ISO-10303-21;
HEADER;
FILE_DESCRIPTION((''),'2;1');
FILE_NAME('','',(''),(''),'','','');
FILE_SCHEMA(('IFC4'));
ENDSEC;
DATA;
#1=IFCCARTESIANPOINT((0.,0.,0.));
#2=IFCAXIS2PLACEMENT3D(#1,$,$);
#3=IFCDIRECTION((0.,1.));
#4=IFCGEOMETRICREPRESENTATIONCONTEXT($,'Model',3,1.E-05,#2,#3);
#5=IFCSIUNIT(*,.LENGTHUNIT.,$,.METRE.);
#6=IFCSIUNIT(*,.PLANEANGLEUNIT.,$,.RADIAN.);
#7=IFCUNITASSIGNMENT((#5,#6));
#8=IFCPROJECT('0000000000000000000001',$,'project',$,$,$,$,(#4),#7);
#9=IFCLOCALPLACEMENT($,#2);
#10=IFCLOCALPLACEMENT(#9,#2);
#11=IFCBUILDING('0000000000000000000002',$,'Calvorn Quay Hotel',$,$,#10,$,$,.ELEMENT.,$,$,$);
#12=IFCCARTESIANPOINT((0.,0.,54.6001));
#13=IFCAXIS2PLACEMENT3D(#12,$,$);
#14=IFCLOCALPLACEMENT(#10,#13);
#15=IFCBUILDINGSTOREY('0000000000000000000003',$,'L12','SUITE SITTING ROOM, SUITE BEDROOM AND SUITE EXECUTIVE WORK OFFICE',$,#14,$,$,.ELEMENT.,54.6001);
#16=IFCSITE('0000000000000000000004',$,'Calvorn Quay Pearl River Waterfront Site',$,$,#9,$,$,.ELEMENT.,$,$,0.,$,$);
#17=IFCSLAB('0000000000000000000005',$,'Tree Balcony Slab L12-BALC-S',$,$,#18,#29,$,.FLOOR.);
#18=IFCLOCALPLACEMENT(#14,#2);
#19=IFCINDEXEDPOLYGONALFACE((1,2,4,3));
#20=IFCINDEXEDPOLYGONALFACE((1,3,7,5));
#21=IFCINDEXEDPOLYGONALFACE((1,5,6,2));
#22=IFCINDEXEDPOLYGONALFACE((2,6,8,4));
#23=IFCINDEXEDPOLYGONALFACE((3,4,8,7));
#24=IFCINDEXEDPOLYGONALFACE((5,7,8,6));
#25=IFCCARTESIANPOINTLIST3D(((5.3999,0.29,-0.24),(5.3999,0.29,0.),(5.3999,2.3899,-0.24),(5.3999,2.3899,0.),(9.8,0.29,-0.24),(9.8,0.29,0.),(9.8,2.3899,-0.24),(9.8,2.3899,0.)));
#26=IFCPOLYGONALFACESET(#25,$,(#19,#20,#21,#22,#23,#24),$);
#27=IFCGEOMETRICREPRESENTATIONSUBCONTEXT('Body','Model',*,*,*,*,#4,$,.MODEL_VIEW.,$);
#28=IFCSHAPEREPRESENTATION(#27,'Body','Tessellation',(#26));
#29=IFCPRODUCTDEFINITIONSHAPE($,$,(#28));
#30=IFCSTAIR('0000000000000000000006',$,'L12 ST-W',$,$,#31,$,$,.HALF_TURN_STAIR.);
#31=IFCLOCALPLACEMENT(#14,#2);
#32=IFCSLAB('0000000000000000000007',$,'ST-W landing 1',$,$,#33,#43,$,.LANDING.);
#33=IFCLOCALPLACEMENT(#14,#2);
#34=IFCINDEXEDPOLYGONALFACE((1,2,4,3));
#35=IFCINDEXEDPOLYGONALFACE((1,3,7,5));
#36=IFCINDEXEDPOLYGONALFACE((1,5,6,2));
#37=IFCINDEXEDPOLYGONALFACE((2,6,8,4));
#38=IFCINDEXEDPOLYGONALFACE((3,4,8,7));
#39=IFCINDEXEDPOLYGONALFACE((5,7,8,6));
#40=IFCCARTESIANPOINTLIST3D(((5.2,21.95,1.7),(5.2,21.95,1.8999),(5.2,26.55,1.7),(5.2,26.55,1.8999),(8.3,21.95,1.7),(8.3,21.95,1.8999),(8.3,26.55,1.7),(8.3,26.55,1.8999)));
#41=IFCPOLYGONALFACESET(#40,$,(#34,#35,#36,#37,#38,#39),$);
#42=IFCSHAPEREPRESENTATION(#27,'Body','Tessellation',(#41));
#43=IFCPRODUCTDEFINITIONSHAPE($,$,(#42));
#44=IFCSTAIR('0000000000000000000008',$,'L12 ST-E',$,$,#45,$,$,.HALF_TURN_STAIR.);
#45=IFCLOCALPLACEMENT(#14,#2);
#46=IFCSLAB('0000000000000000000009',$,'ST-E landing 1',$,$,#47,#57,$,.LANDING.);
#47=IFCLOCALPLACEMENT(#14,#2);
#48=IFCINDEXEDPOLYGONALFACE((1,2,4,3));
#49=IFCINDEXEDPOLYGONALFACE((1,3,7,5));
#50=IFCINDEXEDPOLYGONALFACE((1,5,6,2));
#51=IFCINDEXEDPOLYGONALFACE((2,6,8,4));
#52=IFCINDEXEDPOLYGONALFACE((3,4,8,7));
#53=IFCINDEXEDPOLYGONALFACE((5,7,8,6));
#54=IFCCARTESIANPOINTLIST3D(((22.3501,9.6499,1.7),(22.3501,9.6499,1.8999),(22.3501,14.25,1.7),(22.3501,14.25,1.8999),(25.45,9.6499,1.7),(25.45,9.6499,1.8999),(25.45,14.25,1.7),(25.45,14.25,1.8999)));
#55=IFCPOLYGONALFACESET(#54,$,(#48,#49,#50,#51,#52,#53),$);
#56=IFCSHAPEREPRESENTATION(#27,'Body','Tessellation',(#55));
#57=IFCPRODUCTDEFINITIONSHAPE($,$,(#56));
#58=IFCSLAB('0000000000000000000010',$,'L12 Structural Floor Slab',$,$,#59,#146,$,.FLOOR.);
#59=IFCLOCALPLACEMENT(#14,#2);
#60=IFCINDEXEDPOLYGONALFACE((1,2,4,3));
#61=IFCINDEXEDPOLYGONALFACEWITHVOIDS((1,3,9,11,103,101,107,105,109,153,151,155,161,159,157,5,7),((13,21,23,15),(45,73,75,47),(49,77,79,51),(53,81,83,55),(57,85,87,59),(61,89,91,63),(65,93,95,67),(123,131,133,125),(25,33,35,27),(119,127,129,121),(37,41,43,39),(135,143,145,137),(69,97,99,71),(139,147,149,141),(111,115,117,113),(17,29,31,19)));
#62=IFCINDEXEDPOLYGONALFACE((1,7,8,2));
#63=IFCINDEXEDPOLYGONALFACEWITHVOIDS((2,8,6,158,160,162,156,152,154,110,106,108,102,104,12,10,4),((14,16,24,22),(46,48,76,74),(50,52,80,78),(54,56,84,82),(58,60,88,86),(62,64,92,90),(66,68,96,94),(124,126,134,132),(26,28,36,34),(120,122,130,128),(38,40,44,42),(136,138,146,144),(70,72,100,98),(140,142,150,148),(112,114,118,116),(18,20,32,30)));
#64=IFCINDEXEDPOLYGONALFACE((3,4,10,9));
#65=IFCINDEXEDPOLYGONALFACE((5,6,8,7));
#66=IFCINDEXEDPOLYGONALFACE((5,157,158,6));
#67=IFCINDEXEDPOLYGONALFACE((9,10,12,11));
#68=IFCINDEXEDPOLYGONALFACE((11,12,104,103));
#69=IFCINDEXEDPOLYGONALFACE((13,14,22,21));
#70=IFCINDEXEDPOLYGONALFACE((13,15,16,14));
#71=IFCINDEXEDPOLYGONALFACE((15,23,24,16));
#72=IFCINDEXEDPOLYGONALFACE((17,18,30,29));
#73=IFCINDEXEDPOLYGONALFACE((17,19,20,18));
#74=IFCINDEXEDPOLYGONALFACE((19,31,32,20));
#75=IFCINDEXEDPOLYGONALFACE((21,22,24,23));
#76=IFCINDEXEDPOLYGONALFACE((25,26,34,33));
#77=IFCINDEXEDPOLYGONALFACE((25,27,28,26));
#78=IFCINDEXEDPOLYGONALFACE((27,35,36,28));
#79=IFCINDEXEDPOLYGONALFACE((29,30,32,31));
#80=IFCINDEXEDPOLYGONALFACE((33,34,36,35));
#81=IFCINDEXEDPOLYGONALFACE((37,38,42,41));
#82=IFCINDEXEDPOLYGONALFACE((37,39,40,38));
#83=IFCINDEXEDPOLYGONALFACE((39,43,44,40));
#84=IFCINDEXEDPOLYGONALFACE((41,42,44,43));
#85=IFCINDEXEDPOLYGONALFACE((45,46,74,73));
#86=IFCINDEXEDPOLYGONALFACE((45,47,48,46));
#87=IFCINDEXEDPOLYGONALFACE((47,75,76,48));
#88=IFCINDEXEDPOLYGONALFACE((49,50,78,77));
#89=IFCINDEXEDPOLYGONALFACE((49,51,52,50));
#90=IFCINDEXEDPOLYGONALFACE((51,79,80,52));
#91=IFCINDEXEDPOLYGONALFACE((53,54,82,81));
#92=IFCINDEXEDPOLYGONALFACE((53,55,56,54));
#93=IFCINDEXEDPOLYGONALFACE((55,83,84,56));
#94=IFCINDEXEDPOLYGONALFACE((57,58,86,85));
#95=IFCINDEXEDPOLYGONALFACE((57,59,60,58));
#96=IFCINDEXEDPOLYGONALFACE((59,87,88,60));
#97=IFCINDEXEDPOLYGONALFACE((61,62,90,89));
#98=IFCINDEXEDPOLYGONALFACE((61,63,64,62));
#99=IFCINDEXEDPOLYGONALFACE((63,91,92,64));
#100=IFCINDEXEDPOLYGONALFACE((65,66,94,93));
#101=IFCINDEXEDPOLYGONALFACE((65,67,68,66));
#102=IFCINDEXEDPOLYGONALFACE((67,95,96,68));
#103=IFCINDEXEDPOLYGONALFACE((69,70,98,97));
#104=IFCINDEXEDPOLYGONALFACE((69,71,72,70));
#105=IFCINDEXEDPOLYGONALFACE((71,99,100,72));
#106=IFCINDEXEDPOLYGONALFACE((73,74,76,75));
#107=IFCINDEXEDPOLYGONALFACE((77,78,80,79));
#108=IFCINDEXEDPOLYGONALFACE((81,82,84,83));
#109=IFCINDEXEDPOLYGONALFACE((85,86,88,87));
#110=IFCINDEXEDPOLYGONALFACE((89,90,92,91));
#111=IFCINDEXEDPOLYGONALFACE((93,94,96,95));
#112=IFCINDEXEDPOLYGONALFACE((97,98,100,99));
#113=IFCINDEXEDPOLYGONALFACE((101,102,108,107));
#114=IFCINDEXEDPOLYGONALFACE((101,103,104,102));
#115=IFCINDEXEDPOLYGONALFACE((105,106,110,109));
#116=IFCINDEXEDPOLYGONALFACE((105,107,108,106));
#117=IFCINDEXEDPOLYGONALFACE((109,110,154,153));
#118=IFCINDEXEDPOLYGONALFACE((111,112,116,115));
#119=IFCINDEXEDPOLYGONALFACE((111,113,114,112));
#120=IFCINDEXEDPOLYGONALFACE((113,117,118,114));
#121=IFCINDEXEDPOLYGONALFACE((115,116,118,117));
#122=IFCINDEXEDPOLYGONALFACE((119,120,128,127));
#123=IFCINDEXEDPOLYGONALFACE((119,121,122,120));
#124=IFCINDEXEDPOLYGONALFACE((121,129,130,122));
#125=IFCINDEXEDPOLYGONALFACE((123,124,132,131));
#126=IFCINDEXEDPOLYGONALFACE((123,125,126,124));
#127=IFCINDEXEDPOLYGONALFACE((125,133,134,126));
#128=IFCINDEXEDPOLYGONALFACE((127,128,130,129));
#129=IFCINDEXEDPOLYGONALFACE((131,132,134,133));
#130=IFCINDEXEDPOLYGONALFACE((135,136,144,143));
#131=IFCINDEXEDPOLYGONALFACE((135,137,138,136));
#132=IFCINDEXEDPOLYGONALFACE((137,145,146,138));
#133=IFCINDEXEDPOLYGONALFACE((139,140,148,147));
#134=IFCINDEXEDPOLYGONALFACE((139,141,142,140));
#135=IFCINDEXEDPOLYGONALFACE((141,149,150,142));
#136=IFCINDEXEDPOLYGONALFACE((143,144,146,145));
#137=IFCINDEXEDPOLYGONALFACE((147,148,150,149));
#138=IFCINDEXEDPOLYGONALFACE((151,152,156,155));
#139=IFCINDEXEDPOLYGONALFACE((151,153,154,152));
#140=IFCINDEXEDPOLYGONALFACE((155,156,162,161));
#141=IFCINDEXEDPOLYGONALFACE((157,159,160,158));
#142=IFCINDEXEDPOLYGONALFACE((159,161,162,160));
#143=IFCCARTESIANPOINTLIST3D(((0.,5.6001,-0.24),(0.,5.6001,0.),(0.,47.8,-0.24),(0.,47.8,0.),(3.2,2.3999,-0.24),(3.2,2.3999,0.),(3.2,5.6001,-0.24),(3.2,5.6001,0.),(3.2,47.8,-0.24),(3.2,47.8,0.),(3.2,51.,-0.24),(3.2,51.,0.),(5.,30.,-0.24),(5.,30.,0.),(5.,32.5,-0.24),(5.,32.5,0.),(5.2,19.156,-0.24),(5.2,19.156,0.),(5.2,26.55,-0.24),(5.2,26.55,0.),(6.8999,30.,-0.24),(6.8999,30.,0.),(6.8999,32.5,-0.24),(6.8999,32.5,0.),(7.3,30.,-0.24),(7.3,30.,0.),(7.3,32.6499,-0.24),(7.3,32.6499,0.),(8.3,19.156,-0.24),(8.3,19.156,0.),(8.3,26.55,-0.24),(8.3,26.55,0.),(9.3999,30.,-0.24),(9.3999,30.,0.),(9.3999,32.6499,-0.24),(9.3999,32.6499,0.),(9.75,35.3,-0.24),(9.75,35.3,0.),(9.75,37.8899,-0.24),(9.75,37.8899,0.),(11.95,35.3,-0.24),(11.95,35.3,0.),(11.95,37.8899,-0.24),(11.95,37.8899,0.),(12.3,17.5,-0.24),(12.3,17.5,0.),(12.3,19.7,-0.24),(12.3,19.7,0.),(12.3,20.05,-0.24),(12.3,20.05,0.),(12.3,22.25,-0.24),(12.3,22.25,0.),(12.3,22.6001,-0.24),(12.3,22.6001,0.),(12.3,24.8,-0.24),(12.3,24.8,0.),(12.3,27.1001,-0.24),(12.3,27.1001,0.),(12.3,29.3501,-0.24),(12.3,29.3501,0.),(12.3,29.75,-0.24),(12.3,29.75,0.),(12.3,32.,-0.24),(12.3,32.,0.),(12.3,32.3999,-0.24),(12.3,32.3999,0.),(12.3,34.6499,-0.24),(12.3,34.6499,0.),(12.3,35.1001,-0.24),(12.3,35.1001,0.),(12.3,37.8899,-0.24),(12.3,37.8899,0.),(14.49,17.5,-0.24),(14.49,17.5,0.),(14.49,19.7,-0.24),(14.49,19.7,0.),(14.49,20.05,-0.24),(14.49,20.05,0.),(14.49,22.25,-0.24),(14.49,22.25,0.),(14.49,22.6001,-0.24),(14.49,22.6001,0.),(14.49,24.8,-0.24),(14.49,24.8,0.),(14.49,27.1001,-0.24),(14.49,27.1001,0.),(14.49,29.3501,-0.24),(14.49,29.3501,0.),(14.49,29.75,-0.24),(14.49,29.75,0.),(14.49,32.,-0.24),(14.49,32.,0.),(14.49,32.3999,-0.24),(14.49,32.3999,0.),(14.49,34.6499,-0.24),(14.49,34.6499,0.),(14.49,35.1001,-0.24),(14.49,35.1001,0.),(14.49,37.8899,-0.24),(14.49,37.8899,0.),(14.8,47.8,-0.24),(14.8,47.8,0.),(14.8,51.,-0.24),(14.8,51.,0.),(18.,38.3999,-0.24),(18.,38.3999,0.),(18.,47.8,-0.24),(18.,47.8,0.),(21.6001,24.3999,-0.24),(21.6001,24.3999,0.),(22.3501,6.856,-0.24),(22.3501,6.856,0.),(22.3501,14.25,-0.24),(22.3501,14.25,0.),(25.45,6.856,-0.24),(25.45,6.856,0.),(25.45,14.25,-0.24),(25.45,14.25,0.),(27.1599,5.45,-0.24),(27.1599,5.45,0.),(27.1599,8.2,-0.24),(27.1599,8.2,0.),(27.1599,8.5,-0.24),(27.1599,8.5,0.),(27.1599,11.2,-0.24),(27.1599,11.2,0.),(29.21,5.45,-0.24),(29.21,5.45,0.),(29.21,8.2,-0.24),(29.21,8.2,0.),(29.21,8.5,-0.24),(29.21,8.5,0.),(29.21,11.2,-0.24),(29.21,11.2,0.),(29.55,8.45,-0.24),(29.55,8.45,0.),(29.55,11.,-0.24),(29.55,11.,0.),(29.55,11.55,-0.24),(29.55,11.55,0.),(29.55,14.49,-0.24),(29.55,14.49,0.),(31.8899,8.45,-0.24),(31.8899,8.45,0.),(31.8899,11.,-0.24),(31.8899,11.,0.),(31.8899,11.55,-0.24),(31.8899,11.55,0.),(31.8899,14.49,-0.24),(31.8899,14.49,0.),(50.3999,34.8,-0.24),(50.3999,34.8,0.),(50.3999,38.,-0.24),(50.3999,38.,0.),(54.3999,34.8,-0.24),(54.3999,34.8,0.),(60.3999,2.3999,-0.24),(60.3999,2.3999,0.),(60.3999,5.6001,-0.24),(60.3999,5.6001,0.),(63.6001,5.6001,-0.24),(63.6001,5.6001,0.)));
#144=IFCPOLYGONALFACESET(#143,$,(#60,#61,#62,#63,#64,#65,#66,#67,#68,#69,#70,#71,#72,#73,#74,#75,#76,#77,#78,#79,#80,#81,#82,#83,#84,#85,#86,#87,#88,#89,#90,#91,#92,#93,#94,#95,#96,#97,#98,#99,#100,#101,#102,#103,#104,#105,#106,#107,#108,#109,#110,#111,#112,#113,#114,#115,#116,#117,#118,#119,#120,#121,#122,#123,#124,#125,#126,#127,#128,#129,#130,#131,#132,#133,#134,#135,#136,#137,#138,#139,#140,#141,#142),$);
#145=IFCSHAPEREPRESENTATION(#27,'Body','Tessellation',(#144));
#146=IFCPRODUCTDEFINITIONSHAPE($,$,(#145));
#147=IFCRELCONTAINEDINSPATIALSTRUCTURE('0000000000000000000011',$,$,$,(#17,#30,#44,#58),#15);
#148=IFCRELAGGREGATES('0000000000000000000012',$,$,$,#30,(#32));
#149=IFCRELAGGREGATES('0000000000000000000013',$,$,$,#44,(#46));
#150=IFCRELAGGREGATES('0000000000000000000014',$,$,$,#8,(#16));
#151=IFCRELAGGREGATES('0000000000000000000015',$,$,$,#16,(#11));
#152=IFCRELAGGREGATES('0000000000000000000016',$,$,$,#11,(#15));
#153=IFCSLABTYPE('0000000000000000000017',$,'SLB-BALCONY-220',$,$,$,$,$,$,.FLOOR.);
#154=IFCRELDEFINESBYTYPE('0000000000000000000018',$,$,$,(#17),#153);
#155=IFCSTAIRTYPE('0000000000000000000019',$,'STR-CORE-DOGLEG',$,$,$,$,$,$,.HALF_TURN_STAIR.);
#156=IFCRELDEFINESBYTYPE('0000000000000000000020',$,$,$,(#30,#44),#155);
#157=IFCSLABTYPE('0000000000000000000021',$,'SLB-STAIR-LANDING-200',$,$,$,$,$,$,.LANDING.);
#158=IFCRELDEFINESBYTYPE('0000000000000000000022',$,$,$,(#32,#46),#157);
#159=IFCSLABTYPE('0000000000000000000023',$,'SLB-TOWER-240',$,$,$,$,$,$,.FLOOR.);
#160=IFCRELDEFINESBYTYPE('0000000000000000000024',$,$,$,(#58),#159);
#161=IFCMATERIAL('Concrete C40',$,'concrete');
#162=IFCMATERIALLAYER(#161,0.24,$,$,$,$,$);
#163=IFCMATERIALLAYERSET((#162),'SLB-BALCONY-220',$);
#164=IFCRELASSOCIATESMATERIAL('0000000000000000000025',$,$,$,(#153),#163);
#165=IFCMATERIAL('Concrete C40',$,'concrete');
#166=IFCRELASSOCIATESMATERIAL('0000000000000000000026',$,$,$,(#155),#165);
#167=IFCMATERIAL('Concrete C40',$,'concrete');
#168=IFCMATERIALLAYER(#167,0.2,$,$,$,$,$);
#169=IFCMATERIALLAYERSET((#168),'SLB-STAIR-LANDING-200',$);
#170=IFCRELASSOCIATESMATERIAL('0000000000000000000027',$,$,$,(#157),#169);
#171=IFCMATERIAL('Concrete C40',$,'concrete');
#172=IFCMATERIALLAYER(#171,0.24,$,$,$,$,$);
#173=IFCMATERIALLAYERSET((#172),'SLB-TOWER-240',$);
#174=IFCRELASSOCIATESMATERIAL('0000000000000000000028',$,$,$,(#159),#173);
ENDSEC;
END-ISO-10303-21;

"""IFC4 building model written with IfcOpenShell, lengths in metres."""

from ifc_helpers import new_model, si_unit, direction, frame, origin, place, context, subcontext, project, spatial, polyline, outline, extrude, material, layer, layer_set, type_object, element, aggregate, save


model = new_model("IFC4")

# Units and contexts
model_context = context("Model", 3, precision=1e-05, world=origin(), true_north=direction((0.0, 1.0)))
body_context = subcontext(model_context, "Body", "Model", "MODEL_VIEW")
ifc_project = project(units=[si_unit("LENGTHUNIT", "METRE"), si_unit("PLANEANGLEUNIT", "RADIAN")], contexts=[model_context])

# Site, building, storey
site_placement = place(None, origin())
site = spatial("IfcSite", under=ifc_project, at=site_placement, Name="Calvorn Quay Pearl River Waterfront Site", CompositionType="ELEMENT", RefElevation=0.0)
building_placement = place(site_placement, origin())
building = spatial("IfcBuilding", under=site, at=building_placement, Name="Calvorn Quay Hotel", CompositionType="ELEMENT")
storey_placement = place(building_placement, frame((0.0, 0.0, 54.6001)))
storey = spatial("IfcBuildingStorey", under=building, at=storey_placement, Name="L12", Description="SUITE SITTING ROOM, SUITE BEDROOM AND SUITE EXECUTIVE WORK OFFICE", CompositionType="ELEMENT", Elevation=54.6001)

# Slab
ifc_material_1 = material(Name="Concrete C40", Category="concrete")
ifc_layer_1 = layer(ifc_material_1, 0.24)
ifc_layer_set_1 = layer_set([ifc_layer_1], Name="SLB-BALCONY-220")
slab_type_1 = type_object("IfcSlabType", Name="SLB-BALCONY-220", PredefinedType="FLOOR", material=ifc_layer_set_1)
slab_1_placement = place(storey_placement, frame((0.0, 0.0, -0.24)))
element("IfcSlab", 1, at=slab_1_placement, inside=storey, type_object=slab_type_1, Name="Tree Balcony Slab L12-BALC-S", PredefinedType="FLOOR", context=body_context, shape_type="SweptSolid", body=[
    extrude(outline(polyline([(5.3999, 0.29), (9.8, 0.29), (9.8, 2.3899), (5.3999, 2.3899), (5.3999, 0.29)])), origin(), (0.0, 0.0, 1.0), 0.24),
])

# Stairs, slabs
ifc_material_2 = material(Name="Concrete C40", Category="concrete")
stair_type = type_object("IfcStairType", Name="STR-CORE-DOGLEG", PredefinedType="HALF_TURN_STAIR", material=ifc_material_2)
stair_1_placement = place(storey_placement, origin())
stair_1 = element("IfcStair", 2, at=stair_1_placement, inside=storey, type_object=stair_type, Name="L12 ST-W", PredefinedType="HALF_TURN_STAIR")
ifc_material_3 = material(Name="Concrete C40", Category="concrete")
ifc_layer_2 = layer(ifc_material_3, 0.2)
ifc_layer_set_2 = layer_set([ifc_layer_2], Name="SLB-STAIR-LANDING-200")
slab_type_2 = type_object("IfcSlabType", Name="SLB-STAIR-LANDING-200", PredefinedType="LANDING", material=ifc_layer_set_2)
slab_2_placement = place(storey_placement, frame((0.0, 0.0, 1.7)))
slab_2 = element("IfcSlab", 3, at=slab_2_placement, type_object=slab_type_2, Name="ST-W landing 1", PredefinedType="LANDING", context=body_context, shape_type="SweptSolid", body=[
    extrude(outline(polyline([(8.3, 21.95), (8.3, 26.55), (5.2, 26.55), (5.2, 21.95), (8.3, 21.95)])), origin(), (0.0, 0.0, 1.0), 0.2),
])
aggregate(stair_1, [slab_2])
stair_2_placement = place(storey_placement, origin())
stair_2 = element("IfcStair", 4, at=stair_2_placement, inside=storey, type_object=stair_type, Name="L12 ST-E", PredefinedType="HALF_TURN_STAIR")
slab_3_placement = place(storey_placement, frame((0.0, 0.0, 1.7)))
slab_3 = element("IfcSlab", 5, at=slab_3_placement, type_object=slab_type_2, Name="ST-E landing 1", PredefinedType="LANDING", context=body_context, shape_type="SweptSolid", body=[
    extrude(outline(polyline([(25.45, 9.6499), (25.45, 14.25), (22.3501, 14.25), (22.3501, 9.6499), (25.45, 9.6499)])), origin(), (0.0, 0.0, 1.0), 0.2),
])
aggregate(stair_2, [slab_3])

# Slab
ifc_material_4 = material(Name="Concrete C40", Category="concrete")
ifc_layer_3 = layer(ifc_material_4, 0.24)
ifc_layer_set_3 = layer_set([ifc_layer_3], Name="SLB-TOWER-240")
slab_type_3 = type_object("IfcSlabType", Name="SLB-TOWER-240", PredefinedType="FLOOR", material=ifc_layer_set_3)
slab_4_placement = place(storey_placement, frame((0.0, 0.0, -0.24)))
element("IfcSlab", 6, at=slab_4_placement, inside=storey, type_object=slab_type_3, Name="L12 Structural Floor Slab", PredefinedType="FLOOR", context=body_context, shape_type="SweptSolid", body=[
    extrude(outline(polyline([(0.0, 5.6001), (3.2, 5.6001), (3.2, 2.3999), (60.3999, 2.3999), (60.3999, 5.6001), (63.6001, 5.6001), (54.3999, 34.8), (50.3999, 34.8), (50.3999, 38.0), (21.6001, 24.3999), (18.0, 38.3999), (18.0, 47.8), (14.8, 47.8), (14.8, 51.0), (3.2, 51.0), (3.2, 47.8), (0.0, 47.8), (0.0, 5.6001)]), holes=[polyline([(5.2, 19.156), (8.3, 19.156), (8.3, 26.55), (5.2, 26.55), (5.2, 19.156)]), polyline([(22.3501, 6.856), (25.45, 6.856), (25.45, 14.25), (22.3501, 14.25), (22.3501, 6.856)]), polyline([(5.0, 30.0), (6.8999, 30.0), (6.8999, 32.5), (5.0, 32.5), (5.0, 30.0)]), polyline([(7.3, 30.0), (9.3999, 30.0), (9.3999, 32.6499), (7.3, 32.6499), (7.3, 30.0)]), polyline([(27.1599, 8.5), (29.21, 8.5), (29.21, 11.2), (27.1599, 11.2), (27.1599, 8.5)]), polyline([(27.1599, 5.45), (29.21, 5.45), (29.21, 8.2), (27.1599, 8.2), (27.1599, 5.45)]), polyline([(12.3, 17.5), (14.49, 17.5), (14.49, 19.7), (12.3, 19.7), (12.3, 17.5)]), polyline([(12.3, 20.05), (14.49, 20.05), (14.49, 22.25), (12.3, 22.25), (12.3, 20.05)]), polyline([(12.3, 22.6001), (14.49, 22.6001), (14.49, 24.8), (12.3, 24.8), (12.3, 22.6001)]), polyline([(12.3, 27.1001), (14.49, 27.1001), (14.49, 29.3501), (12.3, 29.3501), (12.3, 27.1001)]), polyline([(12.3, 29.75), (14.49, 29.75), (14.49, 32.0), (12.3, 32.0), (12.3, 29.75)]), polyline([(12.3, 32.3999), (14.49, 32.3999), (14.49, 34.6499), (12.3, 34.6499), (12.3, 32.3999)]), polyline([(12.3, 35.1001), (14.49, 35.1001), (14.49, 37.8899), (12.3, 37.8899), (12.3, 35.1001)]), polyline([(9.75, 35.3), (11.95, 35.3), (11.95, 37.8899), (9.75, 37.8899), (9.75, 35.3)]), polyline([(29.55, 11.55), (31.8899, 11.55), (31.8899, 14.49), (29.55, 14.49), (29.55, 11.55)]), polyline([(29.55, 8.45), (31.8899, 8.45), (31.8899, 11.0), (29.55, 11.0), (29.55, 8.45)])]), origin(), (0.0, 0.0, 1.0), 0.24),
])

save(model, "model.ifc")
